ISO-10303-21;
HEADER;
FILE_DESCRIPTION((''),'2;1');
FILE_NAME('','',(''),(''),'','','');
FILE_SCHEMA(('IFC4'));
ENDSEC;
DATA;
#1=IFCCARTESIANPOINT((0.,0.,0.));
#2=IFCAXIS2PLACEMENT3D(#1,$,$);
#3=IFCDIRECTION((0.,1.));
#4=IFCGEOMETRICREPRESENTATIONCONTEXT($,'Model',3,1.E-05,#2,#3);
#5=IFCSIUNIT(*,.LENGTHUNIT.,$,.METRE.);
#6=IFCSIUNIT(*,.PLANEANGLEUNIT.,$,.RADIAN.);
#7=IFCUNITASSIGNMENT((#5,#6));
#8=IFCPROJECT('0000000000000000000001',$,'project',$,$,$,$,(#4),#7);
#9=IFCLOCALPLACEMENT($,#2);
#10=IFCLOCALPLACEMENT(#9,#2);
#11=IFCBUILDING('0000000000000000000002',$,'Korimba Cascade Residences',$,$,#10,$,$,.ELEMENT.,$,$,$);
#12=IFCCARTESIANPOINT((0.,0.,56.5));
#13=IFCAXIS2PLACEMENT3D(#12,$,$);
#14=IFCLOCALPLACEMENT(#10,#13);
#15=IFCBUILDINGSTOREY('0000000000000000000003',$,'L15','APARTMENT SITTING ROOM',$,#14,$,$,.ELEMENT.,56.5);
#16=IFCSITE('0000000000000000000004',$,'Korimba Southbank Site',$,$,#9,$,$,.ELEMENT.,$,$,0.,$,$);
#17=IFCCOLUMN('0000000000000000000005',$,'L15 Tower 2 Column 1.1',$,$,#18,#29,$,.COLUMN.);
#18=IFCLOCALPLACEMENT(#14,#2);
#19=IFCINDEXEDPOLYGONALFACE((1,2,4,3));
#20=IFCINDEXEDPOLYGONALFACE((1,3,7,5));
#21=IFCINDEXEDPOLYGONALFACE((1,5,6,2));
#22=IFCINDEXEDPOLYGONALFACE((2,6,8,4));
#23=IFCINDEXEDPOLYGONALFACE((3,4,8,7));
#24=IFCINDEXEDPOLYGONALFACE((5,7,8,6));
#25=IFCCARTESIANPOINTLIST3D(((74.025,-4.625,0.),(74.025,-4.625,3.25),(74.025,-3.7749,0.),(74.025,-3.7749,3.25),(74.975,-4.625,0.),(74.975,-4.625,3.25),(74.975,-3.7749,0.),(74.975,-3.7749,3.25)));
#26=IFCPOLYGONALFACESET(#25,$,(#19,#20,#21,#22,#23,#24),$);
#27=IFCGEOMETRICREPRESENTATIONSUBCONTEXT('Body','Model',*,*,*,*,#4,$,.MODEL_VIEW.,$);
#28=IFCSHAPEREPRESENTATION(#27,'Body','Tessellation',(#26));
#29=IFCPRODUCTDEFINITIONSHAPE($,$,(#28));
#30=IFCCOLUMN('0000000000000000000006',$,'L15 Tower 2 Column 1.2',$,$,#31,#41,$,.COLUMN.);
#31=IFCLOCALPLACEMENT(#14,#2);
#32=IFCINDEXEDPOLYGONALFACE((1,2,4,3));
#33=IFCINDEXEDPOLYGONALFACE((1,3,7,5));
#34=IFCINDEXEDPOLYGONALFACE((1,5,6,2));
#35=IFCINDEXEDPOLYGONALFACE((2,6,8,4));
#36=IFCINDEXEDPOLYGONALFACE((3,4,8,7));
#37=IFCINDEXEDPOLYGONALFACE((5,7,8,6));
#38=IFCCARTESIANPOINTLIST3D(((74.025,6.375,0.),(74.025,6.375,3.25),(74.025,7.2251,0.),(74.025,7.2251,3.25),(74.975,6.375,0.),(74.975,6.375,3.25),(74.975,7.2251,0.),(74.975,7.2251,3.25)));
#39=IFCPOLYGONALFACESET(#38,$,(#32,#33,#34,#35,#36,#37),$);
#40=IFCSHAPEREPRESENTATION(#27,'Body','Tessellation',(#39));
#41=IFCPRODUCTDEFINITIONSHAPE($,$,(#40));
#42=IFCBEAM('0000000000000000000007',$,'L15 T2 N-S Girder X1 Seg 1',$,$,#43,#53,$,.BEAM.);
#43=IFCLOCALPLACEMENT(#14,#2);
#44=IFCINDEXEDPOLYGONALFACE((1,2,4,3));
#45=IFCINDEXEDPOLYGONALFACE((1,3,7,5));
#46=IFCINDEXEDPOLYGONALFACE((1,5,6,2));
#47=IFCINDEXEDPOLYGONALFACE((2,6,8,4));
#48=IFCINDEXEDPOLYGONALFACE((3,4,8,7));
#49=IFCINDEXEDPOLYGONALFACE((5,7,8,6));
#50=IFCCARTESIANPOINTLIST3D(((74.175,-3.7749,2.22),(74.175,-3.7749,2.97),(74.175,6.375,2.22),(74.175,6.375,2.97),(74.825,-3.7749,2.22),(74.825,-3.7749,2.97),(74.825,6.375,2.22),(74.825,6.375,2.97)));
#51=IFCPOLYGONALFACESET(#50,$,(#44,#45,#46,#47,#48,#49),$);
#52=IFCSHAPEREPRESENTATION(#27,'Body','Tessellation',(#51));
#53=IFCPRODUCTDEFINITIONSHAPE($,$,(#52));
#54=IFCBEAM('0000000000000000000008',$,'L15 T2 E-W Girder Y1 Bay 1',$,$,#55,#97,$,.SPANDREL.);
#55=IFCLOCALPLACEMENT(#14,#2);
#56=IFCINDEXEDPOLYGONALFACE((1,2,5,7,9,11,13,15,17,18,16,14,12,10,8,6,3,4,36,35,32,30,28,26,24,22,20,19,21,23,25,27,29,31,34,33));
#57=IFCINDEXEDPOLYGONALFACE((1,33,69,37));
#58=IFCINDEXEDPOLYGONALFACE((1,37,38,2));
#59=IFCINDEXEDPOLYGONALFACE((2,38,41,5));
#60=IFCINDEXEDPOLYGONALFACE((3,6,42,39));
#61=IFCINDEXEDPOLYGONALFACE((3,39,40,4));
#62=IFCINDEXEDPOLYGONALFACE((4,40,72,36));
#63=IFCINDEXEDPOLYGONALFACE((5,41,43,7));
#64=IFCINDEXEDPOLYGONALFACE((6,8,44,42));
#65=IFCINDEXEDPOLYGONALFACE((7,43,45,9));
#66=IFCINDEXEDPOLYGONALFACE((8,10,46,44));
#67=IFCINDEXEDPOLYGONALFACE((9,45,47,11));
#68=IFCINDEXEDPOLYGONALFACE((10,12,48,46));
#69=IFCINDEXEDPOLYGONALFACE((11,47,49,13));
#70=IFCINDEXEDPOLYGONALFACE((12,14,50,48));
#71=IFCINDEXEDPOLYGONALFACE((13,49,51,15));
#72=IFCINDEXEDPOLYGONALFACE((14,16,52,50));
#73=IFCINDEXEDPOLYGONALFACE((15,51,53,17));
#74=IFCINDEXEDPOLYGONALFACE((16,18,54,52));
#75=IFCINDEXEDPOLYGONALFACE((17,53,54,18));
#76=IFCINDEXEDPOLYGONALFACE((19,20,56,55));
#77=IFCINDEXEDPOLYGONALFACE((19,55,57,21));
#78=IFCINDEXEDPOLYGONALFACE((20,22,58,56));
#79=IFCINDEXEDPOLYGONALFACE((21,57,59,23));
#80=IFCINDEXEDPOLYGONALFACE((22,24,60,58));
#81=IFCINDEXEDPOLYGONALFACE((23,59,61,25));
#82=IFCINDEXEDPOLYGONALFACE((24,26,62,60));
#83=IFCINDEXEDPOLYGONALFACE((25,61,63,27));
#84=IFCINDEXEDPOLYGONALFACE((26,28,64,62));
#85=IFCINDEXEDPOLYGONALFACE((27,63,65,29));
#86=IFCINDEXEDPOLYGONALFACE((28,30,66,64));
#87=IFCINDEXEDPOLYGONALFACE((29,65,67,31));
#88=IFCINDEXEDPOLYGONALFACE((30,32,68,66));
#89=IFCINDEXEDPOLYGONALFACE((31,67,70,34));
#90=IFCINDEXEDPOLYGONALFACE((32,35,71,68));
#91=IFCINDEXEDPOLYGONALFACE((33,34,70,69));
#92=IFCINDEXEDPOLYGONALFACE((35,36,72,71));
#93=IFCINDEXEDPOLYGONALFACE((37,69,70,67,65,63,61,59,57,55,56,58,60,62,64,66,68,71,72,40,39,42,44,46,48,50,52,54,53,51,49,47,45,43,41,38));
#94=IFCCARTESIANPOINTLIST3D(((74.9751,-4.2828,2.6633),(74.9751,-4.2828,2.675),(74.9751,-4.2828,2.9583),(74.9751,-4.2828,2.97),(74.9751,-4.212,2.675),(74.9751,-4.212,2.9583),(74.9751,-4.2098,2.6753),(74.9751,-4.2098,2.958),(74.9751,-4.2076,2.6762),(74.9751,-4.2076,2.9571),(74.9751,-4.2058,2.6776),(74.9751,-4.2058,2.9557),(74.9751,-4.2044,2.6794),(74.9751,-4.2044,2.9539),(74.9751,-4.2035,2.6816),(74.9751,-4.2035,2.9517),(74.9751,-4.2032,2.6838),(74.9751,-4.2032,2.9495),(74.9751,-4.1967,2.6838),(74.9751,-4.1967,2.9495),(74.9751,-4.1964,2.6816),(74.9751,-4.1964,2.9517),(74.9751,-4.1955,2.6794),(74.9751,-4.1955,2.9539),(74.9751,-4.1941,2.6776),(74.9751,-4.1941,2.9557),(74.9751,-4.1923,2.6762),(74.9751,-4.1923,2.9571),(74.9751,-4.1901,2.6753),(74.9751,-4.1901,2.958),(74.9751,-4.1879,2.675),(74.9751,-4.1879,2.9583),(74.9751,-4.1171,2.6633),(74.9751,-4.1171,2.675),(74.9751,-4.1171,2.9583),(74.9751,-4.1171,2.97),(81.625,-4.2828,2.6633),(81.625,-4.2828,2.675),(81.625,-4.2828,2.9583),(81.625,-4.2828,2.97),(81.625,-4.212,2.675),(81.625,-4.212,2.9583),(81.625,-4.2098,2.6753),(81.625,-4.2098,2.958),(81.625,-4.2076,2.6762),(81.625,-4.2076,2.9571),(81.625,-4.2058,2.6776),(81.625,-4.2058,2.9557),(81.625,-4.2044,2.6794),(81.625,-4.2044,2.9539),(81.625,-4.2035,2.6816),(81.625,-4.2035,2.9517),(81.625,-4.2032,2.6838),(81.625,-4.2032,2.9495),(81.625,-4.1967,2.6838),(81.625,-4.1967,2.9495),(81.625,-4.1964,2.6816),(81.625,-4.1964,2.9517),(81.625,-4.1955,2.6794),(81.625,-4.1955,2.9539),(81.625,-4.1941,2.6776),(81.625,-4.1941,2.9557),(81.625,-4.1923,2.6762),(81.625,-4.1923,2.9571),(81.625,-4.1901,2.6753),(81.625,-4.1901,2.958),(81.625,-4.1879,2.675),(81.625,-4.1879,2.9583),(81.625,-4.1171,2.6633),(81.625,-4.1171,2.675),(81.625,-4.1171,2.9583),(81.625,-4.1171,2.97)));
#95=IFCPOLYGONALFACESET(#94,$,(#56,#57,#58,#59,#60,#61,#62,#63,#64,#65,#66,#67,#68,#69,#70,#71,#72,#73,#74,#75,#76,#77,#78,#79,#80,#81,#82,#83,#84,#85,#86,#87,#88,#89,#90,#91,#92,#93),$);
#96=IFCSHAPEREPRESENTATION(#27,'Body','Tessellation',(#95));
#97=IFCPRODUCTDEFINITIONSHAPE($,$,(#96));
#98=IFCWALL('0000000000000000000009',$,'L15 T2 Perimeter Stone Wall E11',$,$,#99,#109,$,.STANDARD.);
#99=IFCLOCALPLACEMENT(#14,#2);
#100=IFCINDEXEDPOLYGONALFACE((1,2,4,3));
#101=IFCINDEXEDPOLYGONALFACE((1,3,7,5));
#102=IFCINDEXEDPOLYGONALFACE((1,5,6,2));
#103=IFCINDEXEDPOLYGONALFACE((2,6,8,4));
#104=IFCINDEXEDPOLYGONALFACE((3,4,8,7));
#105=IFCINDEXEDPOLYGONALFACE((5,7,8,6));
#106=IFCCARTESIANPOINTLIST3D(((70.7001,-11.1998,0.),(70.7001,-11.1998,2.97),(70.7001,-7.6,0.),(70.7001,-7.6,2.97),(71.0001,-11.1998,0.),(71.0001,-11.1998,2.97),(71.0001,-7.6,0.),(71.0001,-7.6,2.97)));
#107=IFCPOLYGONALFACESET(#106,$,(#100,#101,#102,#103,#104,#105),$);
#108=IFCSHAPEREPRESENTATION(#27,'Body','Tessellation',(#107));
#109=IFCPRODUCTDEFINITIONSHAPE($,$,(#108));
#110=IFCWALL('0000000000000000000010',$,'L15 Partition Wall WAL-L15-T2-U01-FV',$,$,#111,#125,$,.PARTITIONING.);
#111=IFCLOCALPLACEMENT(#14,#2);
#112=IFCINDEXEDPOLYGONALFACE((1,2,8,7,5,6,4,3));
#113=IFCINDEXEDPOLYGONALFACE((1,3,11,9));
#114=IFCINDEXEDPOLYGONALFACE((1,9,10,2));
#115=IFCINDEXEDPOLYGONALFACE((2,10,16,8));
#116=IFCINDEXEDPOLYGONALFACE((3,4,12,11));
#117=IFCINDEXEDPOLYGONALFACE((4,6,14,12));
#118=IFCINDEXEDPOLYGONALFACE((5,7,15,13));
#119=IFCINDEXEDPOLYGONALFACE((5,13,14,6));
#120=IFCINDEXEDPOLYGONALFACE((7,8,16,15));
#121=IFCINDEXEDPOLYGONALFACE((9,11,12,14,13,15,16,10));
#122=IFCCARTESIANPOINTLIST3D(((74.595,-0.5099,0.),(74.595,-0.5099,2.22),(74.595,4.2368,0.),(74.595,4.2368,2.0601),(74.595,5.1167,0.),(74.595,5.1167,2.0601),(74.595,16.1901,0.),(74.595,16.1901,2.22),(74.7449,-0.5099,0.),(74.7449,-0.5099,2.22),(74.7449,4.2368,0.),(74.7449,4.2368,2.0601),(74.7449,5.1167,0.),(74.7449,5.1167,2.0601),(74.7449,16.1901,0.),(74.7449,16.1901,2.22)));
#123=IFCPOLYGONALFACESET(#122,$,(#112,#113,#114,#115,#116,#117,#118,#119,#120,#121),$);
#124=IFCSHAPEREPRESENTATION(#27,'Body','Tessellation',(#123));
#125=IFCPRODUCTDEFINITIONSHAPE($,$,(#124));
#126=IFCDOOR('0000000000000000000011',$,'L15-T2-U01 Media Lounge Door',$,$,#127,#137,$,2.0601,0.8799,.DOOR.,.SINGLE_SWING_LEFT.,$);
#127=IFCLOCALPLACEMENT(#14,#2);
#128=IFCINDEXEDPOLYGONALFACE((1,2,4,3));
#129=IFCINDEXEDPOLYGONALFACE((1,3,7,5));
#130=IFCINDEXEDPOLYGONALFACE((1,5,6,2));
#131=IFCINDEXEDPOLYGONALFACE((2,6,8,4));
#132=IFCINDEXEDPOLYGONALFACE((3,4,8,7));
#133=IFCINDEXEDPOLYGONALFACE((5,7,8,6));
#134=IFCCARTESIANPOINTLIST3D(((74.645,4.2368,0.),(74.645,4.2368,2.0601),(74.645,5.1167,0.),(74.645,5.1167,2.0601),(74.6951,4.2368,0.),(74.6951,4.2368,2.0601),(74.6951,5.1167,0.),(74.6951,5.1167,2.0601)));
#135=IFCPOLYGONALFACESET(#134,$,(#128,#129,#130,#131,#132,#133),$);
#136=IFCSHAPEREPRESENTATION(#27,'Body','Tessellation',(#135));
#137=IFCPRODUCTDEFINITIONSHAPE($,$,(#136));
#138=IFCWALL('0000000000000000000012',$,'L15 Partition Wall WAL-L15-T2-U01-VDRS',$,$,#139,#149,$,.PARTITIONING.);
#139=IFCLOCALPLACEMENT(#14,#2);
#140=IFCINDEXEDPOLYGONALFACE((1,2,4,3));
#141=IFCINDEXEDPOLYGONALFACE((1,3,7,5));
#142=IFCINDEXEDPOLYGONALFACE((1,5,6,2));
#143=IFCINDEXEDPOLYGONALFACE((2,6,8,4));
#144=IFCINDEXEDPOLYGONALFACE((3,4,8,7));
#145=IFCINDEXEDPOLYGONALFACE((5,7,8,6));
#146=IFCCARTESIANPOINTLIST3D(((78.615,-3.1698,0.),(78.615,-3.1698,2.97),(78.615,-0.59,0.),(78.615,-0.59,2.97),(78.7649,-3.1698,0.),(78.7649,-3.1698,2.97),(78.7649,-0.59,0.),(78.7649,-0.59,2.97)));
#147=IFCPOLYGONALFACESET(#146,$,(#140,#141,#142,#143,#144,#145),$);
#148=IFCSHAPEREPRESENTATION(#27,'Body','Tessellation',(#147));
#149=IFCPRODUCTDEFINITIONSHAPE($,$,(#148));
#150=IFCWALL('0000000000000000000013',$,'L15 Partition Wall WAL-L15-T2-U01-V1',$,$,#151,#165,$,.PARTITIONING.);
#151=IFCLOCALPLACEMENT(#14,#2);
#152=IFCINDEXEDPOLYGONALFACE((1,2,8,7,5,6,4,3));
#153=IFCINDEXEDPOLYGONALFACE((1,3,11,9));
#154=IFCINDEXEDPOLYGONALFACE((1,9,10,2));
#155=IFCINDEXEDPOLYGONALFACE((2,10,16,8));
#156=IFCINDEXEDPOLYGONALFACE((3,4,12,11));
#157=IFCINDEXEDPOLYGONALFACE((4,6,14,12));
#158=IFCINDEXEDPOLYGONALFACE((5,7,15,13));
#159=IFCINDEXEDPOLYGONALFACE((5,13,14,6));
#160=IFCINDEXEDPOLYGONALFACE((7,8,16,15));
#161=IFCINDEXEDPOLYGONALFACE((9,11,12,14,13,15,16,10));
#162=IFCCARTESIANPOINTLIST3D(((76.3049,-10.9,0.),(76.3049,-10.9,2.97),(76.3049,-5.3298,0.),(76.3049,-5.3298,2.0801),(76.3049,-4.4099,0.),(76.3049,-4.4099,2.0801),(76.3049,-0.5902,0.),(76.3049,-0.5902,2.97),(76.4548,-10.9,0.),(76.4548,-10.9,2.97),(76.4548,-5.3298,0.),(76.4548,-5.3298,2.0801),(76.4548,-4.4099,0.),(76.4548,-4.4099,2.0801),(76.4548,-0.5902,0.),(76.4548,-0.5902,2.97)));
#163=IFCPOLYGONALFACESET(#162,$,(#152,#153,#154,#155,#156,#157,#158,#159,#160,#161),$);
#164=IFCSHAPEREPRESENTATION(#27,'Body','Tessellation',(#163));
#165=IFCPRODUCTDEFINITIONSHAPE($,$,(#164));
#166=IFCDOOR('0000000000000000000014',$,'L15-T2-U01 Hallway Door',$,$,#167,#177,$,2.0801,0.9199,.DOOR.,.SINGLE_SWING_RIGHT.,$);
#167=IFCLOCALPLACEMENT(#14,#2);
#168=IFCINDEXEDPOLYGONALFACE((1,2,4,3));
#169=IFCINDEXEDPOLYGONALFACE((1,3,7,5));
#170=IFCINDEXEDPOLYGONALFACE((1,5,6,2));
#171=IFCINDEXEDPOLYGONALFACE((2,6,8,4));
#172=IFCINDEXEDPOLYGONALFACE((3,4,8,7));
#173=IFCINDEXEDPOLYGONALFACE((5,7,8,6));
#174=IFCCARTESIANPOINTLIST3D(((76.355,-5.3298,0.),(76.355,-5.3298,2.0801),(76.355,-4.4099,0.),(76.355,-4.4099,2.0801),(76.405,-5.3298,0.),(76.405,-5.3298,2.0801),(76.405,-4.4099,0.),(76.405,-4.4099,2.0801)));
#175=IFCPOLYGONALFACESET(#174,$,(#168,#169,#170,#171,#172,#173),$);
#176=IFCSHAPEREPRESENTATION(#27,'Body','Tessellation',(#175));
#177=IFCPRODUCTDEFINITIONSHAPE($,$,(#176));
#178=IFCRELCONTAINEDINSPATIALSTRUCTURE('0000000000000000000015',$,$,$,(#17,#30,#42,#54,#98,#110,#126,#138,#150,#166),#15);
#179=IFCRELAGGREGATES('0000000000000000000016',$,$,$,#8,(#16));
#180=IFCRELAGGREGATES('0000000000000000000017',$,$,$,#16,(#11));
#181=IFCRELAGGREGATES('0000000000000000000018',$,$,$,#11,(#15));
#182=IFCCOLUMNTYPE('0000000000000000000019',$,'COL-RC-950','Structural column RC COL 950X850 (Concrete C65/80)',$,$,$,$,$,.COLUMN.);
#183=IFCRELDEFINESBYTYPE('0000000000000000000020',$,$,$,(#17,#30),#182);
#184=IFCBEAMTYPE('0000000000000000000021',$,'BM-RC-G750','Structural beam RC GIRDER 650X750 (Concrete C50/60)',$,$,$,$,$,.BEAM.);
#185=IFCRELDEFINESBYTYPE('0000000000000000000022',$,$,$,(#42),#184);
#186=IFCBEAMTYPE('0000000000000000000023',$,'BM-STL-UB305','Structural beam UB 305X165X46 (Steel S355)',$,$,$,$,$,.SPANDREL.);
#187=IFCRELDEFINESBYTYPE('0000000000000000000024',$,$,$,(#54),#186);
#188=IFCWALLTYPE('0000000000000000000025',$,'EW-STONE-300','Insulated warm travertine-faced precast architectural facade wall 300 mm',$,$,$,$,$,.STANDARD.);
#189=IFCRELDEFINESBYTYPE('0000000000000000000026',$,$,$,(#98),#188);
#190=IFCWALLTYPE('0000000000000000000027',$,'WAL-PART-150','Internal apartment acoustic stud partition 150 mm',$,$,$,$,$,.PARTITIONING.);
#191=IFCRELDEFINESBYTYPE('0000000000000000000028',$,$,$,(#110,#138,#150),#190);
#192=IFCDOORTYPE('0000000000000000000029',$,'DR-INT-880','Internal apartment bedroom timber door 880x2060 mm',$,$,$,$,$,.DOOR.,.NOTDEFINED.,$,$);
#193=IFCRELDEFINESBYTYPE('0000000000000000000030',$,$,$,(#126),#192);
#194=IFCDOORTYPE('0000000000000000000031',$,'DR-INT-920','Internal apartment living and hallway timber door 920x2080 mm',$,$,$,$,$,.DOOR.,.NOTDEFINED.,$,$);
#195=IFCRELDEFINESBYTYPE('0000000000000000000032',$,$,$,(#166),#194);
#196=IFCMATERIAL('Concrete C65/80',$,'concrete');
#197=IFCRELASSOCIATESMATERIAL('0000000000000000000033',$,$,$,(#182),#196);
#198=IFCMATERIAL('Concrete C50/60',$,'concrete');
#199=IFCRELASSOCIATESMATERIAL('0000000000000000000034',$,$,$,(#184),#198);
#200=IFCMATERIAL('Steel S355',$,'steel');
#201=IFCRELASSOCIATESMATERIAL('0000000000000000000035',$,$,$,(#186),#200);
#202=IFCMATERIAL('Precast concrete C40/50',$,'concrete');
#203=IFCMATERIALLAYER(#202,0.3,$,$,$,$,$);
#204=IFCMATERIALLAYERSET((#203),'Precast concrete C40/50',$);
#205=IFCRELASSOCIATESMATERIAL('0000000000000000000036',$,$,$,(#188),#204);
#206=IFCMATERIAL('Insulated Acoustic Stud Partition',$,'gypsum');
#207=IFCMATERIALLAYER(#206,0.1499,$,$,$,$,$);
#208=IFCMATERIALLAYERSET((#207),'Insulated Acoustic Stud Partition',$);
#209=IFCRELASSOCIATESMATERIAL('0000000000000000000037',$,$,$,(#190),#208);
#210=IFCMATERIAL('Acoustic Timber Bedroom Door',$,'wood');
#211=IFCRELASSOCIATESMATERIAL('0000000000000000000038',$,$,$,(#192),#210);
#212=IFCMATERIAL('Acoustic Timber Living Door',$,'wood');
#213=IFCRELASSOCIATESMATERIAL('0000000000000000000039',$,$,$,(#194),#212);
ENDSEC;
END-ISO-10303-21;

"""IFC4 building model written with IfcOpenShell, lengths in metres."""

from ifc_helpers import new_model, si_unit, direction, frame, frame_2d, origin, origin_2d, place, context, subcontext, project, spatial, rectangle, i_section, extrude, material, layer, layer_set, material_profile, profile_set, type_object, element, fill, save


model = new_model("IFC4")

# Units and contexts
model_context = context("Model", 3, precision=1e-05, world=origin(), true_north=direction((0.0, 1.0)))
body_context = subcontext(model_context, "Body", "Model", "MODEL_VIEW")
ifc_project = project(units=[si_unit("LENGTHUNIT", "METRE"), si_unit("PLANEANGLEUNIT", "RADIAN")], contexts=[model_context])

# Site, building, storey
site_placement = place(None, origin())
site = spatial("IfcSite", under=ifc_project, at=site_placement, Name="Korimba Southbank Site", CompositionType="ELEMENT", RefElevation=0.0)
building_placement = place(site_placement, origin())
building = spatial("IfcBuilding", under=site, at=building_placement, Name="Korimba Cascade Residences", CompositionType="ELEMENT")
storey_placement = place(building_placement, frame((0.0, 0.0, 56.5)))
storey = spatial("IfcBuildingStorey", under=building, at=storey_placement, Name="L15", Description="APARTMENT SITTING ROOM", CompositionType="ELEMENT", Elevation=56.5)

# Columns
ifc_material_1 = material(Name="Concrete C65/80", Category="concrete")
ifc_material_profile_1 = material_profile(ifc_material_1, rectangle(XDim=0.95, YDim=0.8501, at=origin_2d()), Name="Concrete C65/80")
ifc_profile_set_1 = profile_set([ifc_material_profile_1], Name="Concrete C65/80")
column_type = type_object("IfcColumnType", Name="COL-RC-950", Description="Structural column RC COL 950X850 (Concrete C65/80)", PredefinedType="COLUMN", material=ifc_profile_set_1)
for number, where, z_axis, x_axis, name in (
    (1, (74.5, -4.2, 0.0), (0.0, 0.0, 1.0), (1.0, 0.0, 0.0), "L15 Tower 2 Column 1.1"),
    (2, (74.5, 6.8, 0.0), (0.0, 0.0, 1.0), (1.0, 0.0, 0.0), "L15 Tower 2 Column 1.2"),
):
    element("IfcColumn", number, at=place(storey_placement, frame(where, z_axis=z_axis, x_axis=x_axis)), inside=storey, type_object=column_type, Name=name, PredefinedType="COLUMN", context=body_context, shape_type="SweptSolid", body=[
        extrude(rectangle(XDim=0.95, YDim=0.8501, at=origin_2d()), origin(), (0.0, 0.0, 1.0), 3.25),
    ])

# Beams
ifc_material_2 = material(Name="Concrete C50/60", Category="concrete")
ifc_material_profile_2 = material_profile(ifc_material_2, rectangle(XDim=0.6499, YDim=0.75, at=origin_2d()), Name="Concrete C50/60")
ifc_profile_set_2 = profile_set([ifc_material_profile_2], Name="Concrete C50/60")
beam_type_1 = type_object("IfcBeamType", Name="BM-RC-G750", Description="Structural beam RC GIRDER 650X750 (Concrete C50/60)", PredefinedType="BEAM", material=ifc_profile_set_2)
beam_1_placement = place(storey_placement, frame((74.5, -3.7749, 2.595), z_axis=(0.0, 1.0, 0.0), x_axis=(-1.0, 0.0, 0.0)))
element("IfcBeam", 3, at=beam_1_placement, inside=storey, type_object=beam_type_1, Name="L15 T2 N-S Girder X1 Seg 1", PredefinedType="BEAM", context=body_context, shape_type="SweptSolid", body=[
    extrude(rectangle(XDim=0.6499, YDim=0.75, at=origin_2d()), origin(), (0.0, 0.0, 1.0), 10.1499),
])
ifc_material_3 = material(Name="Steel S355", Category="steel")
ifc_material_profile_3 = material_profile(ifc_material_3, i_section(OverallWidth=0.1658, OverallDepth=0.3066, WebThickness=0.0066, FlangeThickness=0.0117, FilletRadius=0.0088, at=origin_2d()), Name="Steel S355")
ifc_profile_set_3 = profile_set([ifc_material_profile_3], Name="Steel S355")
beam_type_2 = type_object("IfcBeamType", Name="BM-STL-UB305", Description="Structural beam UB 305X165X46 (Steel S355)", PredefinedType="SPANDREL", material=ifc_profile_set_3)
beam_2_placement = place(storey_placement, frame((74.9751, -4.2, 2.8167), z_axis=(1.0, 0.0, 0.0), x_axis=(0.0, 1.0, 0.0)))
element("IfcBeam", 4, at=beam_2_placement, inside=storey, type_object=beam_type_2, Name="L15 T2 E-W Girder Y1 Bay 1", PredefinedType="SPANDREL", context=body_context, shape_type="SweptSolid", body=[
    extrude(i_section(OverallWidth=0.1658, OverallDepth=0.3066, WebThickness=0.0066, FlangeThickness=0.0117, FilletRadius=0.0088, at=origin_2d()), origin(), (0.0, 0.0, 1.0), 6.6499),
])

# Wall
ifc_material_4 = material(Name="Precast concrete C40/50", Category="concrete")
ifc_layer_1 = layer(ifc_material_4, 0.3)
ifc_layer_set_1 = layer_set([ifc_layer_1], Name="Precast concrete C40/50")
wall_type_1 = type_object("IfcWallType", Name="EW-STONE-300", Description="Insulated warm travertine-faced precast architectural facade wall 300 mm", PredefinedType="STANDARD", material=ifc_layer_set_1)
wall_1_placement = place(storey_placement, frame((70.8501, -7.6001, 0.0), z_axis=(0.0, 0.0, 1.0), x_axis=(0.0, -1.0, 0.0)))
element("IfcWall", 5, at=wall_1_placement, inside=storey, type_object=wall_type_1, Name="L15 T2 Perimeter Stone Wall E11", PredefinedType="STANDARD", context=body_context, shape_type="SweptSolid", body=[
    extrude(rectangle(XDim=3.5999, YDim=0.3, at=frame_2d((1.7998, 0.0))), origin(), (0.0, 0.0, 1.0), 2.97),
])

# Wall, opening, door
ifc_material_5 = material(Name="Insulated Acoustic Stud Partition", Category="gypsum")
ifc_layer_2 = layer(ifc_material_5, 0.1499)
ifc_layer_set_2 = layer_set([ifc_layer_2], Name="Insulated Acoustic Stud Partition")
wall_type_2 = type_object("IfcWallType", Name="WAL-PART-150", Description="Internal apartment acoustic stud partition 150 mm", PredefinedType="PARTITIONING", material=ifc_layer_set_2)
wall_2_placement = place(storey_placement, frame((74.6699, -0.51, 0.0), z_axis=(0.0, 0.0, 1.0), x_axis=(0.0, 1.0, 0.0)))
wall_2 = element("IfcWall", 6, at=wall_2_placement, inside=storey, type_object=wall_type_2, Name="L15 Partition Wall WAL-L15-T2-U01-FV", PredefinedType="PARTITIONING", context=body_context, shape_type="SweptSolid", body=[
    extrude(rectangle(XDim=16.7, YDim=0.1499, at=frame_2d((8.3501, 0.0))), origin(), (0.0, 0.0, 1.0), 2.22),
])
opening_1_placement = place(wall_2_placement, frame((4.7468, 0.0, 0.0)))
opening_1 = element("IfcOpeningElement", 7, at=opening_1_placement, cuts=wall_2, PredefinedType="OPENING", context=body_context, shape_type="SweptSolid", body=[
    extrude(rectangle(XDim=0.8799, YDim=2.0601, at=frame_2d((0.4399, 1.03))), frame((0.0, 0.085, 0.0), z_axis=(0.0, -1.0, 0.0), x_axis=(1.0, 0.0, 0.0)), (0.0, 0.0, 1.0), 0.1699),
])
ifc_material_6 = material(Name="Acoustic Timber Bedroom Door", Category="wood")
door_type_1 = type_object("IfcDoorType", Name="DR-INT-880", Description="Internal apartment bedroom timber door 880x2060 mm", OperationType="NOTDEFINED", PredefinedType="DOOR", material=ifc_material_6)
door_1_placement = place(opening_1_placement, origin())
door_1 = element("IfcDoor", 8, at=door_1_placement, inside=storey, type_object=door_type_1, Name="L15-T2-U01 Media Lounge Door", OperationType="SINGLE_SWING_LEFT", OverallHeight=2.0601, OverallWidth=0.8799, PredefinedType="DOOR", context=body_context, shape_type="SweptSolid", body=[
    extrude(rectangle(XDim=0.8799, YDim=2.0601, at=frame_2d((0.4399, 1.03))), frame((0.0, 0.0249, 0.0), z_axis=(0.0, -1.0, 0.0), x_axis=(1.0, 0.0, 0.0)), (0.0, 0.0, 1.0), 0.05),
])
fill(opening_1, door_1)

# Wall
wall_3_placement = place(storey_placement, frame((78.6899, -3.1699, 0.0), z_axis=(0.0, 0.0, 1.0), x_axis=(0.0, 1.0, 0.0)))
element("IfcWall", 9, at=wall_3_placement, inside=storey, type_object=wall_type_2, Name="L15 Partition Wall WAL-L15-T2-U01-VDRS", PredefinedType="PARTITIONING", context=body_context, shape_type="SweptSolid", body=[
    extrude(rectangle(XDim=2.5798, YDim=0.1499, at=frame_2d((1.29, 0.0))), origin(), (0.0, 0.0, 1.0), 2.97),
])

# Wall, opening, door
wall_4_placement = place(storey_placement, frame((76.3799, -10.8999, 0.0), z_axis=(0.0, 0.0, 1.0), x_axis=(0.0, 1.0, 0.0)))
wall_4 = element("IfcWall", 10, at=wall_4_placement, inside=storey, type_object=wall_type_2, Name="L15 Partition Wall WAL-L15-T2-U01-V1", PredefinedType="PARTITIONING", context=body_context, shape_type="SweptSolid", body=[
    extrude(rectangle(XDim=10.3098, YDim=0.1499, at=frame_2d((5.1548, 0.0))), origin(), (0.0, 0.0, 1.0), 2.97),
])
opening_2_placement = place(wall_4_placement, frame((5.5701, 0.0, 0.0)))
opening_2 = element("IfcOpeningElement", 11, at=opening_2_placement, cuts=wall_4, PredefinedType="OPENING", context=body_context, shape_type="SweptSolid", body=[
    extrude(rectangle(XDim=0.9199, YDim=2.0801, at=frame_2d((0.46, 1.04))), frame((0.0, 0.085, 0.0), z_axis=(0.0, -1.0, 0.0), x_axis=(1.0, 0.0, 0.0)), (0.0, 0.0, 1.0), 0.1699),
])
ifc_material_7 = material(Name="Acoustic Timber Living Door", Category="wood")
door_type_2 = type_object("IfcDoorType", Name="DR-INT-920", Description="Internal apartment living and hallway timber door 920x2080 mm", OperationType="NOTDEFINED", PredefinedType="DOOR", material=ifc_material_7)
door_2_placement = place(opening_2_placement, origin())
door_2 = element("IfcDoor", 12, at=door_2_placement, inside=storey, type_object=door_type_2, Name="L15-T2-U01 Hallway Door", OperationType="SINGLE_SWING_RIGHT", OverallHeight=2.0801, OverallWidth=0.9199, PredefinedType="DOOR", context=body_context, shape_type="SweptSolid", body=[
    extrude(rectangle(XDim=0.9199, YDim=2.0801, at=frame_2d((0.46, 1.04))), frame((0.0, 0.0249, 0.0), z_axis=(0.0, -1.0, 0.0), x_axis=(1.0, 0.0, 0.0)), (0.0, 0.0, 1.0), 0.05),
])
fill(opening_2, door_2)

save(model, "model.ifc")
